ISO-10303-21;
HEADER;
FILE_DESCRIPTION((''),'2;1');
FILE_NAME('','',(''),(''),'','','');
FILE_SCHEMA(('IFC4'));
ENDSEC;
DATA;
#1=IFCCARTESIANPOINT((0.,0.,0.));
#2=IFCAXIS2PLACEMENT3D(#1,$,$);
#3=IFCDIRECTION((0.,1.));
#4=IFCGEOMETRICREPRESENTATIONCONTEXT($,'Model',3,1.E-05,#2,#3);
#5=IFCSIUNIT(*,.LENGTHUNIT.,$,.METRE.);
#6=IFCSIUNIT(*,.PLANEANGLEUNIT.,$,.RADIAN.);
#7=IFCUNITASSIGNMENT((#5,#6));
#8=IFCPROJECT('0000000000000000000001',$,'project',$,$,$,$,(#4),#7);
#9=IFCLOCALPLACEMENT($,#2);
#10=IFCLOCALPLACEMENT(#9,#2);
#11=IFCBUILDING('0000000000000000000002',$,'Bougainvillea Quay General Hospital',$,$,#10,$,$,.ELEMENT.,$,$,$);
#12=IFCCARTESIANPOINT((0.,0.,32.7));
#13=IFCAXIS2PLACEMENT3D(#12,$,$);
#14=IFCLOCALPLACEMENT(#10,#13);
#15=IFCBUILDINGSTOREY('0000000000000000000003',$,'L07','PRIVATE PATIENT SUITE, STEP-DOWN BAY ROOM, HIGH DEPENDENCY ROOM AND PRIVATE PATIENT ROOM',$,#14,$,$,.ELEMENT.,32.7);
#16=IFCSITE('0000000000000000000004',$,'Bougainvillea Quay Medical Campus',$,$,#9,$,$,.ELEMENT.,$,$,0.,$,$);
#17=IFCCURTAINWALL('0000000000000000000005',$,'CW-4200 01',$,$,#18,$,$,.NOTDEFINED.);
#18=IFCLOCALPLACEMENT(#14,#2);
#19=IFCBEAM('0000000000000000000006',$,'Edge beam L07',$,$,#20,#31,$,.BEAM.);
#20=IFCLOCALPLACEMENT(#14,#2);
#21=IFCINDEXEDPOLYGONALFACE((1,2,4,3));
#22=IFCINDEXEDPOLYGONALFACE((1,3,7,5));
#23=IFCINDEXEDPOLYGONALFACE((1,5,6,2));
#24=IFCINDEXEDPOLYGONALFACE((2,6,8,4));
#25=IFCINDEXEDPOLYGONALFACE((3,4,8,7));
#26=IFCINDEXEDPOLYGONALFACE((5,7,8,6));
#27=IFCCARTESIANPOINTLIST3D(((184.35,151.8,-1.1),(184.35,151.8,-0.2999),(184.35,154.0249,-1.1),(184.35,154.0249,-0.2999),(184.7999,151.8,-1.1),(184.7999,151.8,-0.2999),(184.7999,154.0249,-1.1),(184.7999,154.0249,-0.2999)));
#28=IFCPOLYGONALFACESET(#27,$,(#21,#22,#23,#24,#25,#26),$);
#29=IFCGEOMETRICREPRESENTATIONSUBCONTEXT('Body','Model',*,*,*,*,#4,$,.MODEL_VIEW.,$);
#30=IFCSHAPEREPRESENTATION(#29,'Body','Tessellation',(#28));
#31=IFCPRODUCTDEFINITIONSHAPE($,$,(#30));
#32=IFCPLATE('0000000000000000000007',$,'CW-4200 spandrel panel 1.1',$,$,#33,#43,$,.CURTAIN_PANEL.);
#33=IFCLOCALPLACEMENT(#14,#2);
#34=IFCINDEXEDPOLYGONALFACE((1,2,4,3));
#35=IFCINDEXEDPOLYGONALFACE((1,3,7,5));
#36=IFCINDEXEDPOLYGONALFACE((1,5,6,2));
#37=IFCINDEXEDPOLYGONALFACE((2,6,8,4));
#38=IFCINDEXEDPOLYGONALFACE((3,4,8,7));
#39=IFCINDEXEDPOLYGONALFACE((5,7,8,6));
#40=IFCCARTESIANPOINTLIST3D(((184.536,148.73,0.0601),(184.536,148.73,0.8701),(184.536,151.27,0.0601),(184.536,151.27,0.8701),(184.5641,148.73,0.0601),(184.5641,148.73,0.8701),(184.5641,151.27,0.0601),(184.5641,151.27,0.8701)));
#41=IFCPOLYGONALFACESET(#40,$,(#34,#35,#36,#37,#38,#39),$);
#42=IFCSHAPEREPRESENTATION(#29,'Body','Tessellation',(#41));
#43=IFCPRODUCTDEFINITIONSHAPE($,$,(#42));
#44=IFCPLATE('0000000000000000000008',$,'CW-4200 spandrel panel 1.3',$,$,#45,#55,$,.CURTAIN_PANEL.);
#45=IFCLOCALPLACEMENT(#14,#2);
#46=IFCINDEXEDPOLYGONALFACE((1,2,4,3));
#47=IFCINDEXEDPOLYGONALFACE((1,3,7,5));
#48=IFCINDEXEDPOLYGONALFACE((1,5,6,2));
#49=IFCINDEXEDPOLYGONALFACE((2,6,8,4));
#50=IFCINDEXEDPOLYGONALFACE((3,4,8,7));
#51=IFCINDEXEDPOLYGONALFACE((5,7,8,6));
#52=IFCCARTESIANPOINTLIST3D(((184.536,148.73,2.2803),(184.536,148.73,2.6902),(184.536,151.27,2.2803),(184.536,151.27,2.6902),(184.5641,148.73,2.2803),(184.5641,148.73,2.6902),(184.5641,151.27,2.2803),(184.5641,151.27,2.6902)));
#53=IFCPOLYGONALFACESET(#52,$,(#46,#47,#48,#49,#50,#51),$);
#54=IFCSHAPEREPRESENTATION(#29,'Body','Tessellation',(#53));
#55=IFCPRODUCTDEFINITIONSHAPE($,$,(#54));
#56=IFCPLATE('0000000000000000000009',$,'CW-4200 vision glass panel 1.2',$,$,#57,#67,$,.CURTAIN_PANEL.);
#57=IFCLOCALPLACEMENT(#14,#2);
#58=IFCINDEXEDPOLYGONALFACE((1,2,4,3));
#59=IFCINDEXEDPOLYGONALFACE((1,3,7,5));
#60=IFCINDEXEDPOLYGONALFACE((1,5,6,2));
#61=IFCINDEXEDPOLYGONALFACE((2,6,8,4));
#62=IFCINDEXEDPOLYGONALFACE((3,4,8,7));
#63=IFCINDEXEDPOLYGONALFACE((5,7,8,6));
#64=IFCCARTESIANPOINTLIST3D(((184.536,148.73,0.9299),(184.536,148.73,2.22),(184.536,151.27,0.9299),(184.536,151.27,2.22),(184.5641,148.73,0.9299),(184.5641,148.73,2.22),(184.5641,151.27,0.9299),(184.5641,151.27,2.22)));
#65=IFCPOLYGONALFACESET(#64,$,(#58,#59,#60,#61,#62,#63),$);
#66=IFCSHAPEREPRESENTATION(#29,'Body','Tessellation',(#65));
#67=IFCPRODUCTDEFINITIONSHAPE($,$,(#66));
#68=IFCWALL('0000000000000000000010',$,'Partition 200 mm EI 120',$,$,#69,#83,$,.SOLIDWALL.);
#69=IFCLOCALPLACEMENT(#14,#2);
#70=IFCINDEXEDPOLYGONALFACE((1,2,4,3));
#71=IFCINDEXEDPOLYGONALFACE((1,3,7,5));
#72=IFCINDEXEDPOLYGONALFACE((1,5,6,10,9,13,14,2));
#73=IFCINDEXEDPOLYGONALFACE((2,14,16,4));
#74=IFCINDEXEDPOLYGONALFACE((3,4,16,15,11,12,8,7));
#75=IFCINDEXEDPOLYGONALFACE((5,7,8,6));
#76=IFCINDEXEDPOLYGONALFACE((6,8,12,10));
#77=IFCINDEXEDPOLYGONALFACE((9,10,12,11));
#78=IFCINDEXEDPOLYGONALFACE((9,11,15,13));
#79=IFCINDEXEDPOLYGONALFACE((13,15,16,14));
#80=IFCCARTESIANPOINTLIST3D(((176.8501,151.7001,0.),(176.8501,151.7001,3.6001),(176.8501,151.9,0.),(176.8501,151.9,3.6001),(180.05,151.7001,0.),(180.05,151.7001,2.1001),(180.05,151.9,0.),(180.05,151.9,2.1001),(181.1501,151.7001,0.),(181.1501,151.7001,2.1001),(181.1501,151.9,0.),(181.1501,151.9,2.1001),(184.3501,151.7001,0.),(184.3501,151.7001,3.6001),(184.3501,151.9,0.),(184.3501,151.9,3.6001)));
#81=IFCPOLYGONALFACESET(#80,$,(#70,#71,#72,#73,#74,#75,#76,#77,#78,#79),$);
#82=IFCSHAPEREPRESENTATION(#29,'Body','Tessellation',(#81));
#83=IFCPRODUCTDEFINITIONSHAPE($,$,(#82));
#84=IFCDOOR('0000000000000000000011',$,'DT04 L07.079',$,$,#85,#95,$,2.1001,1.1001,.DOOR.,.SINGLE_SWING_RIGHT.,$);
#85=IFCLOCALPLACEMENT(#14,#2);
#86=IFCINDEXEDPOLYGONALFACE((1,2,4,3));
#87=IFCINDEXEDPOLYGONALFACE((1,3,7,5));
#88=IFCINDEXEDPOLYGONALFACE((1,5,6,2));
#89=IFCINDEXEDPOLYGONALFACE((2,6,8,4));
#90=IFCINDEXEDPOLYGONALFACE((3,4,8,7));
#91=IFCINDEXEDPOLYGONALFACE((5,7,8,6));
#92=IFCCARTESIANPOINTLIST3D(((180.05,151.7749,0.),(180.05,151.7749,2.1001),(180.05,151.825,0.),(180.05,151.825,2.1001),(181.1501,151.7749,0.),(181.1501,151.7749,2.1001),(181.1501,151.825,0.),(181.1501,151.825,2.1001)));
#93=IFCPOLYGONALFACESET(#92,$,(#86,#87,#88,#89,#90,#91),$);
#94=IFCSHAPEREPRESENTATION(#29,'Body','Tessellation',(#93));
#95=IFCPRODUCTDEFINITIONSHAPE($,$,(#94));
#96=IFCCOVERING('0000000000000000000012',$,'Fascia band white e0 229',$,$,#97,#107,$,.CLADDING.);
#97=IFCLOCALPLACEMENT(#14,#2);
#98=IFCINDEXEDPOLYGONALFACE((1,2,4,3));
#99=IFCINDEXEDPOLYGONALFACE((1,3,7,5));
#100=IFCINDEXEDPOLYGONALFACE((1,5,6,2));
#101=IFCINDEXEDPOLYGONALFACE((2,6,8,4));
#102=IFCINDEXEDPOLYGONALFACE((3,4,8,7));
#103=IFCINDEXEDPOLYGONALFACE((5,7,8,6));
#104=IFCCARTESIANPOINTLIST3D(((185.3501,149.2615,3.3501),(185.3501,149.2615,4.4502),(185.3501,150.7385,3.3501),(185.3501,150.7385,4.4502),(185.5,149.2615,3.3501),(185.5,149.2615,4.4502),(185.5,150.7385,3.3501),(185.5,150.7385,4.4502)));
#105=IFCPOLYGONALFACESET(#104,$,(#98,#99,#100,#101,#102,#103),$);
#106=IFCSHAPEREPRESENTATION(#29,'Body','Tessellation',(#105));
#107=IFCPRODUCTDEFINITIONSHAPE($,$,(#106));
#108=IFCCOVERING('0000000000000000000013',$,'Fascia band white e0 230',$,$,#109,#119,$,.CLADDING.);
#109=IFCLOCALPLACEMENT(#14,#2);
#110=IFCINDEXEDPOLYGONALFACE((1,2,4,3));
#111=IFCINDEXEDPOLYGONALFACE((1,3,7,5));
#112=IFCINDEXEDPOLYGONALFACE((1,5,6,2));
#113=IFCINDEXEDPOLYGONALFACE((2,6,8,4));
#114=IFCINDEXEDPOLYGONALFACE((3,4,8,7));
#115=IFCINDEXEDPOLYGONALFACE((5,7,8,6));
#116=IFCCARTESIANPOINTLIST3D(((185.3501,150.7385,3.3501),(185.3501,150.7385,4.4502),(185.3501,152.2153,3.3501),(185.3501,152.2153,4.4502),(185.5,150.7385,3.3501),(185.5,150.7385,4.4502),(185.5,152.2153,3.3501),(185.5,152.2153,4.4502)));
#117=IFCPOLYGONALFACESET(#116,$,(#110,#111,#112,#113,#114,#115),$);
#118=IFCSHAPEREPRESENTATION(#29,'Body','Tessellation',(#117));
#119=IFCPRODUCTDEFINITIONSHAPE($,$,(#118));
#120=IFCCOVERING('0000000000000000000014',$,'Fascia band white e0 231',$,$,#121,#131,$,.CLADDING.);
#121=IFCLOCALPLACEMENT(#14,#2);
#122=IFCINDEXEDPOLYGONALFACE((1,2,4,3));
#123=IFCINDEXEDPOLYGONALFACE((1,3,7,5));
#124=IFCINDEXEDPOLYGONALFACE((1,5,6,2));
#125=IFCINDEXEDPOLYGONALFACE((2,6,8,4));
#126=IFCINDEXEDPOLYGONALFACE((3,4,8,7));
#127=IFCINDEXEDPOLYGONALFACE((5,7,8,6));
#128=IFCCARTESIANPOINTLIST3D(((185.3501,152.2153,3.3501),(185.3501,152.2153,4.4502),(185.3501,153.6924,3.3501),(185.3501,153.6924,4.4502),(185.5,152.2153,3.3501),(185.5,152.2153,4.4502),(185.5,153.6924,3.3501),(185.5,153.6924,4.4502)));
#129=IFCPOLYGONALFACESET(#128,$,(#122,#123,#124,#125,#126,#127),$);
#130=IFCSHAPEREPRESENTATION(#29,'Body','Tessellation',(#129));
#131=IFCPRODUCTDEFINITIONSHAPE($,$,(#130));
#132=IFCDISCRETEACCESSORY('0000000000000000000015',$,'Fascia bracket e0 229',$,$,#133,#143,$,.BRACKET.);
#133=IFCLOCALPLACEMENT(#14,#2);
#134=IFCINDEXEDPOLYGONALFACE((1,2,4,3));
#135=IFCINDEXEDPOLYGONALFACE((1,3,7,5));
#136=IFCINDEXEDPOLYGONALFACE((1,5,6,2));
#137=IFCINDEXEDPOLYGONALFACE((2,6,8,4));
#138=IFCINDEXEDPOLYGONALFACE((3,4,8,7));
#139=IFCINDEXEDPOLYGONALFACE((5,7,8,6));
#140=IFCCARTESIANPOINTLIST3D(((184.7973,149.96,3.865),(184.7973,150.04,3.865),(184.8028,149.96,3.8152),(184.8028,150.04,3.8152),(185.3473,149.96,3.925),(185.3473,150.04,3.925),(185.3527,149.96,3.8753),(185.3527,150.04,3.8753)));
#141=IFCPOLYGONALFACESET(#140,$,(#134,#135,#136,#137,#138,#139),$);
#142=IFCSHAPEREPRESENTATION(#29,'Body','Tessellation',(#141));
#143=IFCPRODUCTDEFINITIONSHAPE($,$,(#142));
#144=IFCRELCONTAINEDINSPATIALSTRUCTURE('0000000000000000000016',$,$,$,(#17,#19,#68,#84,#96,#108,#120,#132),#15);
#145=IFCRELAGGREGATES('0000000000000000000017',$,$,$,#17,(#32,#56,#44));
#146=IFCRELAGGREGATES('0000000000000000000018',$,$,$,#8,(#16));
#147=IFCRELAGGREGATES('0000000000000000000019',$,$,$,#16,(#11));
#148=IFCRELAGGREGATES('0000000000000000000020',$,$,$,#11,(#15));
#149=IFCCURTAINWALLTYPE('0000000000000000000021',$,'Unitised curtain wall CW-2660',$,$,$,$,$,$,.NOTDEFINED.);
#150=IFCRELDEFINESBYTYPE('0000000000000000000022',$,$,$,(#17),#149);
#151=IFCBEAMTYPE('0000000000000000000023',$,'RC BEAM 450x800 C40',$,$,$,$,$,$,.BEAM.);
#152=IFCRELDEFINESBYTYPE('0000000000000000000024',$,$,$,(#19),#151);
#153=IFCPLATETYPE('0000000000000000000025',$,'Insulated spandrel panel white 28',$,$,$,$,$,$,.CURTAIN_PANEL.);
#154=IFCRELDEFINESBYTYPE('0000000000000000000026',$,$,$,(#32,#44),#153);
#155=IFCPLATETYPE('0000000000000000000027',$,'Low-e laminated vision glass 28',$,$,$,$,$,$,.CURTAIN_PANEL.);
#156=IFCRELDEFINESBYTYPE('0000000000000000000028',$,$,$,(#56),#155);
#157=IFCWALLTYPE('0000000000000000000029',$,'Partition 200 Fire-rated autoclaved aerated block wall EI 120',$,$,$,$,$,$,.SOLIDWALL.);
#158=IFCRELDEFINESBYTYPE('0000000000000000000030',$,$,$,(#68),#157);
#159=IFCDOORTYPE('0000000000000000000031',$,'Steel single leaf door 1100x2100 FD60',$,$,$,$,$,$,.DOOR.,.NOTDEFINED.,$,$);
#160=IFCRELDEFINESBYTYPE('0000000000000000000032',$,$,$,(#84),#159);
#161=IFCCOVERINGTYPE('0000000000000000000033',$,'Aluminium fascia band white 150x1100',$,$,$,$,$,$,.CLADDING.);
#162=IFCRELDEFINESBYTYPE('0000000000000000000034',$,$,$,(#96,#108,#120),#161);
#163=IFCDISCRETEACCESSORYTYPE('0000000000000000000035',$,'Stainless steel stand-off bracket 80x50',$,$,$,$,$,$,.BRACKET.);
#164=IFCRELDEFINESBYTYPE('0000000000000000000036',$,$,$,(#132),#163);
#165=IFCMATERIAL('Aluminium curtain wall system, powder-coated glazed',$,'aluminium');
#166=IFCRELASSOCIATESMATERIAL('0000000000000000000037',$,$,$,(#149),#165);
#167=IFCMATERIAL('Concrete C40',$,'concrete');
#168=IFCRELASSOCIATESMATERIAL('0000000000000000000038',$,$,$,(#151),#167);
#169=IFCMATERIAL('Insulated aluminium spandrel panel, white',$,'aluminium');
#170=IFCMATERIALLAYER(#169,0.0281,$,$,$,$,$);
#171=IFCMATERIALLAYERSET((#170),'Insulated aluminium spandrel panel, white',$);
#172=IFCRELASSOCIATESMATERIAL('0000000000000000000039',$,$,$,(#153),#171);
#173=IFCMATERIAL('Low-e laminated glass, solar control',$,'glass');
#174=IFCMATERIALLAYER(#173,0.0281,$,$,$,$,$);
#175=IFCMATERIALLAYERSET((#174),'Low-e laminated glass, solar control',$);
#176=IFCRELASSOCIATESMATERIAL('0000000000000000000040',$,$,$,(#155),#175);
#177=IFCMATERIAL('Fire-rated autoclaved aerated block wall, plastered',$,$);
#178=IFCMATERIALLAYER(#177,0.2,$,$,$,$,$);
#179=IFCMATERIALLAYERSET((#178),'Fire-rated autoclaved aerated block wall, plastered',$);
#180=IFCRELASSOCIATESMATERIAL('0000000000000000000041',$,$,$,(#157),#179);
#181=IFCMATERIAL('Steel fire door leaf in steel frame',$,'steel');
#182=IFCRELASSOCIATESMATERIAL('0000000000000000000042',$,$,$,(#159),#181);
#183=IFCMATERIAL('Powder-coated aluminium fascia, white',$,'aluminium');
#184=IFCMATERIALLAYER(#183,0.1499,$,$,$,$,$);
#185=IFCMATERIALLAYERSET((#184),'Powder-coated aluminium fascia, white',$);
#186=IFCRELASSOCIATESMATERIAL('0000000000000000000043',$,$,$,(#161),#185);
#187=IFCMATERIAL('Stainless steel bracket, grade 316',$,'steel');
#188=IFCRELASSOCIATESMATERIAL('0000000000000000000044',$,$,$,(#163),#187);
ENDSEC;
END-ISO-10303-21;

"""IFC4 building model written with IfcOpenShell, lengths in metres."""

from ifc_helpers import new_model, si_unit, direction, frame, frame_2d, origin, origin_2d, place, context, subcontext, project, spatial, polyline, rectangle, outline, extrude, material, layer, layer_set, material_profile, profile_set, type_object, element, fill, aggregate, save


model = new_model("IFC4")

# Units and contexts
model_context = context("Model", 3, precision=1e-05, world=origin(), true_north=direction((0.0, 1.0)))
body_context = subcontext(model_context, "Body", "Model", "MODEL_VIEW")
ifc_project = project(units=[si_unit("LENGTHUNIT", "METRE"), si_unit("PLANEANGLEUNIT", "RADIAN")], contexts=[model_context])

# Site, building, storey
site_placement = place(None, origin())
site = spatial("IfcSite", under=ifc_project, at=site_placement, Name="Bougainvillea Quay Medical Campus", CompositionType="ELEMENT", RefElevation=0.0)
building_placement = place(site_placement, origin())
building = spatial("IfcBuilding", under=site, at=building_placement, Name="Bougainvillea Quay General Hospital", CompositionType="ELEMENT")
storey_placement = place(building_placement, frame((0.0, 0.0, 32.7)))
storey = spatial("IfcBuildingStorey", under=building, at=storey_placement, Name="L07", Description="PRIVATE PATIENT SUITE, STEP-DOWN BAY ROOM, HIGH DEPENDENCY ROOM AND PRIVATE PATIENT ROOM", CompositionType="ELEMENT", Elevation=32.7)

# Shared definitions
ifc_material_1 = material(Name="Concrete C40", Category="concrete")

# Curtain wall
ifc_material_2 = material(Name="Aluminium curtain wall system, powder-coated glazed", Category="aluminium")
curtain_wall_type_1 = type_object("IfcCurtainWallType", Name="Unitised curtain wall CW-2660", PredefinedType="NOTDEFINED", material=ifc_material_2)
curtain_wall_1_placement = place(storey_placement, origin())
curtain_wall_1 = element("IfcCurtainWall", 1, at=curtain_wall_1_placement, inside=storey, type_object=curtain_wall_type_1, Name="CW-4200 01", PredefinedType="NOTDEFINED")

# Beam
ifc_material_profile_1 = material_profile(ifc_material_1, rectangle(XDim=0.45, YDim=0.8, at=origin_2d()))
ifc_profile_set_1 = profile_set([ifc_material_profile_1], Name="Concrete C40")
beam_type = type_object("IfcBeamType", Name="RC BEAM 450x800 C40", PredefinedType="BEAM", material=ifc_profile_set_1)
beam_1_placement = place(storey_placement, frame((184.575, 151.8, -0.7), z_axis=(0.0, 1.0, 0.0), x_axis=(-1.0, 0.0, 0.0)))
element("IfcBeam", 2, at=beam_1_placement, inside=storey, type_object=beam_type, Name="Edge beam L07", PredefinedType="BEAM", context=body_context, shape_type="SweptSolid", body=[
    extrude(rectangle(XDim=0.45, YDim=0.8, at=origin_2d()), origin(), (0.0, 0.0, 1.0), 2.2249),
])

# Plates
ifc_material_3 = material(Name="Insulated aluminium spandrel panel, white", Category="aluminium")
ifc_layer_1 = layer(ifc_material_3, 0.0281)
ifc_layer_set_1 = layer_set([ifc_layer_1], Name="Insulated aluminium spandrel panel, white")
plate_type_1 = type_object("IfcPlateType", Name="Insulated spandrel panel white 28", PredefinedType="CURTAIN_PANEL", material=ifc_layer_set_1)
plate_1_placement = place(storey_placement, frame((184.55, 150.0, 0.0601), z_axis=(0.0, 0.0, 1.0), x_axis=(0.0, 1.0, 0.0)))
plate_1 = element("IfcPlate", 3, at=plate_1_placement, type_object=plate_type_1, Name="CW-4200 spandrel panel 1.1", PredefinedType="CURTAIN_PANEL", context=body_context, shape_type="SweptSolid", body=[
    extrude(rectangle(XDim=2.54, YDim=0.0281, at=origin_2d()), origin(), (0.0, 0.0, 1.0), 0.8101),
])
plate_2_placement = place(storey_placement, frame((184.55, 150.0, 2.2803), z_axis=(0.0, 0.0, 1.0), x_axis=(0.0, 1.0, 0.0)))
plate_2 = element("IfcPlate", 4, at=plate_2_placement, type_object=plate_type_1, Name="CW-4200 spandrel panel 1.3", PredefinedType="CURTAIN_PANEL", context=body_context, shape_type="SweptSolid", body=[
    extrude(rectangle(XDim=2.54, YDim=0.0281, at=origin_2d()), origin(), (0.0, 0.0, 1.0), 0.4099),
])
ifc_material_4 = material(Name="Low-e laminated glass, solar control", Category="glass")
ifc_layer_2 = layer(ifc_material_4, 0.0281)
ifc_layer_set_2 = layer_set([ifc_layer_2], Name="Low-e laminated glass, solar control")
plate_type_2 = type_object("IfcPlateType", Name="Low-e laminated vision glass 28", PredefinedType="CURTAIN_PANEL", material=ifc_layer_set_2)
plate_3_placement = place(storey_placement, frame((184.55, 150.0, 0.9299), z_axis=(0.0, 0.0, 1.0), x_axis=(0.0, 1.0, 0.0)))
plate_3 = element("IfcPlate", 5, at=plate_3_placement, type_object=plate_type_2, Name="CW-4200 vision glass panel 1.2", PredefinedType="CURTAIN_PANEL", context=body_context, shape_type="SweptSolid", body=[
    extrude(rectangle(XDim=2.54, YDim=0.0281, at=origin_2d()), origin(), (0.0, 0.0, 1.0), 1.29),
])
aggregate(curtain_wall_1, [plate_1, plate_3, plate_2])

# Wall, opening, door
ifc_material_5 = material(Name="Fire-rated autoclaved aerated block wall, plastered")
ifc_layer_3 = layer(ifc_material_5, 0.2)
ifc_layer_set_3 = layer_set([ifc_layer_3], Name="Fire-rated autoclaved aerated block wall, plastered")
wall_type = type_object("IfcWallType", Name="Partition 200 Fire-rated autoclaved aerated block wall EI 120", PredefinedType="SOLIDWALL", material=ifc_layer_set_3)
wall_placement = place(storey_placement, frame((176.8501, 151.8, 0.0), z_axis=(0.0, 0.0, 1.0), x_axis=(1.0, 0.0, 0.0)))
wall = element("IfcWall", 6, at=wall_placement, inside=storey, type_object=wall_type, Name="Partition 200 mm EI 120", PredefinedType="SOLIDWALL", context=body_context, shape_type="SweptSolid", body=[
    extrude(rectangle(XDim=7.5, YDim=0.2, at=frame_2d((3.75, 0.0))), origin(), (0.0, 0.0, 1.0), 3.6001),
])
opening_placement = place(wall_placement, frame((3.2, 0.0, 0.0)))
opening = element("IfcOpeningElement", 7, at=opening_placement, cuts=wall, PredefinedType="OPENING", context=body_context, shape_type="SweptSolid", body=[
    extrude(rectangle(XDim=1.1001, YDim=2.1001, at=frame_2d((0.55, 1.05))), frame((0.0, 0.1099, 0.0), z_axis=(0.0, -1.0, 0.0), x_axis=(1.0, 0.0, 0.0)), (0.0, 0.0, 1.0), 0.22),
])
ifc_material_6 = material(Name="Steel fire door leaf in steel frame", Category="steel")
door_type = type_object("IfcDoorType", Name="Steel single leaf door 1100x2100 FD60", OperationType="NOTDEFINED", PredefinedType="DOOR", material=ifc_material_6)
door_placement = place(opening_placement, origin())
door = element("IfcDoor", 8, at=door_placement, inside=storey, type_object=door_type, Name="DT04 L07.079", OperationType="SINGLE_SWING_RIGHT", OverallHeight=2.1001, OverallWidth=1.1001, PredefinedType="DOOR", context=body_context, shape_type="SweptSolid", body=[
    extrude(rectangle(XDim=1.1001, YDim=2.1001, at=frame_2d((0.55, 1.05))), frame((0.0, 0.0249, 0.0), z_axis=(0.0, -1.0, 0.0), x_axis=(1.0, 0.0, 0.0)), (0.0, 0.0, 1.0), 0.05),
])
fill(opening, door)

# Coverings
ifc_material_7 = material(Name="Powder-coated aluminium fascia, white", Category="aluminium")
ifc_layer_4 = layer(ifc_material_7, 0.1499)
ifc_layer_set_4 = layer_set([ifc_layer_4], Name="Powder-coated aluminium fascia, white")
covering_type = type_object("IfcCoveringType", Name="Aluminium fascia band white 150x1100", PredefinedType="CLADDING", material=ifc_layer_set_4)
covering_1_placement = place(storey_placement, frame((185.3501, 149.2615, 3.3501), z_axis=(0.0, 0.0, 1.0), x_axis=(0.0, 1.0, 0.0)))
element("IfcCovering", 9, at=covering_1_placement, inside=storey, type_object=covering_type, Name="Fascia band white e0 229", PredefinedType="CLADDING", context=body_context, shape_type="SweptSolid", body=[
    extrude(outline(polyline([(0.0, 0.0), (1.4771, 0.0), (1.4771, -0.1499), (0.0, -0.1499), (0.0, 0.0)])), origin(), (0.0, 0.0, 1.0), 1.1001),
])
covering_2_placement = place(storey_placement, frame((185.3501, 150.7385, 3.3501), z_axis=(0.0, 0.0, 1.0), x_axis=(0.0, 1.0, 0.0)))
element("IfcCovering", 10, at=covering_2_placement, inside=storey, type_object=covering_type, Name="Fascia band white e0 230", PredefinedType="CLADDING", context=body_context, shape_type="SweptSolid", body=[
    extrude(outline(polyline([(0.0, 0.0), (1.4768, 0.0), (1.4768, -0.1499), (0.0, -0.1499), (0.0, 0.0)])), origin(), (0.0, 0.0, 1.0), 1.1001),
])
covering_3_placement = place(storey_placement, frame((185.3501, 152.2153, 3.3501), z_axis=(0.0, 0.0, 1.0), x_axis=(0.0, 1.0, 0.0)))
element("IfcCovering", 11, at=covering_3_placement, inside=storey, type_object=covering_type, Name="Fascia band white e0 231", PredefinedType="CLADDING", context=body_context, shape_type="SweptSolid", body=[
    extrude(outline(polyline([(0.0, 0.0), (1.4771, 0.0), (1.4771, -0.1499), (0.0, -0.1499), (0.0, 0.0)])), origin(), (0.0, 0.0, 1.0), 1.1001),
])

# Discrete accessory
ifc_material_8 = material(Name="Stainless steel bracket, grade 316", Category="steel")
ifc_material_profile_2 = material_profile(ifc_material_8, rectangle(XDim=0.0801, YDim=0.05, at=origin_2d()))
ifc_profile_set_2 = profile_set([ifc_material_profile_2], Name="Stainless steel bracket, grade 316")
discrete_accessory_type = type_object("IfcDiscreteAccessoryType", Name="Stainless steel stand-off bracket 80x50", PredefinedType="BRACKET", material=ifc_profile_set_2)
discrete_accessory_placement = place(storey_placement, frame((184.8, 150.0, 3.8401), z_axis=(0.994092, 0.0, 0.108543), x_axis=(0.0, 1.0, 0.0)))
element("IfcDiscreteAccessory", 12, at=discrete_accessory_placement, inside=storey, type_object=discrete_accessory_type, Name="Fascia bracket e0 229", PredefinedType="BRACKET", context=body_context, shape_type="SweptSolid", body=[
    extrude(rectangle(XDim=0.0801, YDim=0.05, at=origin_2d()), origin(), (0.0, 0.0, 1.0), 0.5532),
])

save(model, "model.ifc")
